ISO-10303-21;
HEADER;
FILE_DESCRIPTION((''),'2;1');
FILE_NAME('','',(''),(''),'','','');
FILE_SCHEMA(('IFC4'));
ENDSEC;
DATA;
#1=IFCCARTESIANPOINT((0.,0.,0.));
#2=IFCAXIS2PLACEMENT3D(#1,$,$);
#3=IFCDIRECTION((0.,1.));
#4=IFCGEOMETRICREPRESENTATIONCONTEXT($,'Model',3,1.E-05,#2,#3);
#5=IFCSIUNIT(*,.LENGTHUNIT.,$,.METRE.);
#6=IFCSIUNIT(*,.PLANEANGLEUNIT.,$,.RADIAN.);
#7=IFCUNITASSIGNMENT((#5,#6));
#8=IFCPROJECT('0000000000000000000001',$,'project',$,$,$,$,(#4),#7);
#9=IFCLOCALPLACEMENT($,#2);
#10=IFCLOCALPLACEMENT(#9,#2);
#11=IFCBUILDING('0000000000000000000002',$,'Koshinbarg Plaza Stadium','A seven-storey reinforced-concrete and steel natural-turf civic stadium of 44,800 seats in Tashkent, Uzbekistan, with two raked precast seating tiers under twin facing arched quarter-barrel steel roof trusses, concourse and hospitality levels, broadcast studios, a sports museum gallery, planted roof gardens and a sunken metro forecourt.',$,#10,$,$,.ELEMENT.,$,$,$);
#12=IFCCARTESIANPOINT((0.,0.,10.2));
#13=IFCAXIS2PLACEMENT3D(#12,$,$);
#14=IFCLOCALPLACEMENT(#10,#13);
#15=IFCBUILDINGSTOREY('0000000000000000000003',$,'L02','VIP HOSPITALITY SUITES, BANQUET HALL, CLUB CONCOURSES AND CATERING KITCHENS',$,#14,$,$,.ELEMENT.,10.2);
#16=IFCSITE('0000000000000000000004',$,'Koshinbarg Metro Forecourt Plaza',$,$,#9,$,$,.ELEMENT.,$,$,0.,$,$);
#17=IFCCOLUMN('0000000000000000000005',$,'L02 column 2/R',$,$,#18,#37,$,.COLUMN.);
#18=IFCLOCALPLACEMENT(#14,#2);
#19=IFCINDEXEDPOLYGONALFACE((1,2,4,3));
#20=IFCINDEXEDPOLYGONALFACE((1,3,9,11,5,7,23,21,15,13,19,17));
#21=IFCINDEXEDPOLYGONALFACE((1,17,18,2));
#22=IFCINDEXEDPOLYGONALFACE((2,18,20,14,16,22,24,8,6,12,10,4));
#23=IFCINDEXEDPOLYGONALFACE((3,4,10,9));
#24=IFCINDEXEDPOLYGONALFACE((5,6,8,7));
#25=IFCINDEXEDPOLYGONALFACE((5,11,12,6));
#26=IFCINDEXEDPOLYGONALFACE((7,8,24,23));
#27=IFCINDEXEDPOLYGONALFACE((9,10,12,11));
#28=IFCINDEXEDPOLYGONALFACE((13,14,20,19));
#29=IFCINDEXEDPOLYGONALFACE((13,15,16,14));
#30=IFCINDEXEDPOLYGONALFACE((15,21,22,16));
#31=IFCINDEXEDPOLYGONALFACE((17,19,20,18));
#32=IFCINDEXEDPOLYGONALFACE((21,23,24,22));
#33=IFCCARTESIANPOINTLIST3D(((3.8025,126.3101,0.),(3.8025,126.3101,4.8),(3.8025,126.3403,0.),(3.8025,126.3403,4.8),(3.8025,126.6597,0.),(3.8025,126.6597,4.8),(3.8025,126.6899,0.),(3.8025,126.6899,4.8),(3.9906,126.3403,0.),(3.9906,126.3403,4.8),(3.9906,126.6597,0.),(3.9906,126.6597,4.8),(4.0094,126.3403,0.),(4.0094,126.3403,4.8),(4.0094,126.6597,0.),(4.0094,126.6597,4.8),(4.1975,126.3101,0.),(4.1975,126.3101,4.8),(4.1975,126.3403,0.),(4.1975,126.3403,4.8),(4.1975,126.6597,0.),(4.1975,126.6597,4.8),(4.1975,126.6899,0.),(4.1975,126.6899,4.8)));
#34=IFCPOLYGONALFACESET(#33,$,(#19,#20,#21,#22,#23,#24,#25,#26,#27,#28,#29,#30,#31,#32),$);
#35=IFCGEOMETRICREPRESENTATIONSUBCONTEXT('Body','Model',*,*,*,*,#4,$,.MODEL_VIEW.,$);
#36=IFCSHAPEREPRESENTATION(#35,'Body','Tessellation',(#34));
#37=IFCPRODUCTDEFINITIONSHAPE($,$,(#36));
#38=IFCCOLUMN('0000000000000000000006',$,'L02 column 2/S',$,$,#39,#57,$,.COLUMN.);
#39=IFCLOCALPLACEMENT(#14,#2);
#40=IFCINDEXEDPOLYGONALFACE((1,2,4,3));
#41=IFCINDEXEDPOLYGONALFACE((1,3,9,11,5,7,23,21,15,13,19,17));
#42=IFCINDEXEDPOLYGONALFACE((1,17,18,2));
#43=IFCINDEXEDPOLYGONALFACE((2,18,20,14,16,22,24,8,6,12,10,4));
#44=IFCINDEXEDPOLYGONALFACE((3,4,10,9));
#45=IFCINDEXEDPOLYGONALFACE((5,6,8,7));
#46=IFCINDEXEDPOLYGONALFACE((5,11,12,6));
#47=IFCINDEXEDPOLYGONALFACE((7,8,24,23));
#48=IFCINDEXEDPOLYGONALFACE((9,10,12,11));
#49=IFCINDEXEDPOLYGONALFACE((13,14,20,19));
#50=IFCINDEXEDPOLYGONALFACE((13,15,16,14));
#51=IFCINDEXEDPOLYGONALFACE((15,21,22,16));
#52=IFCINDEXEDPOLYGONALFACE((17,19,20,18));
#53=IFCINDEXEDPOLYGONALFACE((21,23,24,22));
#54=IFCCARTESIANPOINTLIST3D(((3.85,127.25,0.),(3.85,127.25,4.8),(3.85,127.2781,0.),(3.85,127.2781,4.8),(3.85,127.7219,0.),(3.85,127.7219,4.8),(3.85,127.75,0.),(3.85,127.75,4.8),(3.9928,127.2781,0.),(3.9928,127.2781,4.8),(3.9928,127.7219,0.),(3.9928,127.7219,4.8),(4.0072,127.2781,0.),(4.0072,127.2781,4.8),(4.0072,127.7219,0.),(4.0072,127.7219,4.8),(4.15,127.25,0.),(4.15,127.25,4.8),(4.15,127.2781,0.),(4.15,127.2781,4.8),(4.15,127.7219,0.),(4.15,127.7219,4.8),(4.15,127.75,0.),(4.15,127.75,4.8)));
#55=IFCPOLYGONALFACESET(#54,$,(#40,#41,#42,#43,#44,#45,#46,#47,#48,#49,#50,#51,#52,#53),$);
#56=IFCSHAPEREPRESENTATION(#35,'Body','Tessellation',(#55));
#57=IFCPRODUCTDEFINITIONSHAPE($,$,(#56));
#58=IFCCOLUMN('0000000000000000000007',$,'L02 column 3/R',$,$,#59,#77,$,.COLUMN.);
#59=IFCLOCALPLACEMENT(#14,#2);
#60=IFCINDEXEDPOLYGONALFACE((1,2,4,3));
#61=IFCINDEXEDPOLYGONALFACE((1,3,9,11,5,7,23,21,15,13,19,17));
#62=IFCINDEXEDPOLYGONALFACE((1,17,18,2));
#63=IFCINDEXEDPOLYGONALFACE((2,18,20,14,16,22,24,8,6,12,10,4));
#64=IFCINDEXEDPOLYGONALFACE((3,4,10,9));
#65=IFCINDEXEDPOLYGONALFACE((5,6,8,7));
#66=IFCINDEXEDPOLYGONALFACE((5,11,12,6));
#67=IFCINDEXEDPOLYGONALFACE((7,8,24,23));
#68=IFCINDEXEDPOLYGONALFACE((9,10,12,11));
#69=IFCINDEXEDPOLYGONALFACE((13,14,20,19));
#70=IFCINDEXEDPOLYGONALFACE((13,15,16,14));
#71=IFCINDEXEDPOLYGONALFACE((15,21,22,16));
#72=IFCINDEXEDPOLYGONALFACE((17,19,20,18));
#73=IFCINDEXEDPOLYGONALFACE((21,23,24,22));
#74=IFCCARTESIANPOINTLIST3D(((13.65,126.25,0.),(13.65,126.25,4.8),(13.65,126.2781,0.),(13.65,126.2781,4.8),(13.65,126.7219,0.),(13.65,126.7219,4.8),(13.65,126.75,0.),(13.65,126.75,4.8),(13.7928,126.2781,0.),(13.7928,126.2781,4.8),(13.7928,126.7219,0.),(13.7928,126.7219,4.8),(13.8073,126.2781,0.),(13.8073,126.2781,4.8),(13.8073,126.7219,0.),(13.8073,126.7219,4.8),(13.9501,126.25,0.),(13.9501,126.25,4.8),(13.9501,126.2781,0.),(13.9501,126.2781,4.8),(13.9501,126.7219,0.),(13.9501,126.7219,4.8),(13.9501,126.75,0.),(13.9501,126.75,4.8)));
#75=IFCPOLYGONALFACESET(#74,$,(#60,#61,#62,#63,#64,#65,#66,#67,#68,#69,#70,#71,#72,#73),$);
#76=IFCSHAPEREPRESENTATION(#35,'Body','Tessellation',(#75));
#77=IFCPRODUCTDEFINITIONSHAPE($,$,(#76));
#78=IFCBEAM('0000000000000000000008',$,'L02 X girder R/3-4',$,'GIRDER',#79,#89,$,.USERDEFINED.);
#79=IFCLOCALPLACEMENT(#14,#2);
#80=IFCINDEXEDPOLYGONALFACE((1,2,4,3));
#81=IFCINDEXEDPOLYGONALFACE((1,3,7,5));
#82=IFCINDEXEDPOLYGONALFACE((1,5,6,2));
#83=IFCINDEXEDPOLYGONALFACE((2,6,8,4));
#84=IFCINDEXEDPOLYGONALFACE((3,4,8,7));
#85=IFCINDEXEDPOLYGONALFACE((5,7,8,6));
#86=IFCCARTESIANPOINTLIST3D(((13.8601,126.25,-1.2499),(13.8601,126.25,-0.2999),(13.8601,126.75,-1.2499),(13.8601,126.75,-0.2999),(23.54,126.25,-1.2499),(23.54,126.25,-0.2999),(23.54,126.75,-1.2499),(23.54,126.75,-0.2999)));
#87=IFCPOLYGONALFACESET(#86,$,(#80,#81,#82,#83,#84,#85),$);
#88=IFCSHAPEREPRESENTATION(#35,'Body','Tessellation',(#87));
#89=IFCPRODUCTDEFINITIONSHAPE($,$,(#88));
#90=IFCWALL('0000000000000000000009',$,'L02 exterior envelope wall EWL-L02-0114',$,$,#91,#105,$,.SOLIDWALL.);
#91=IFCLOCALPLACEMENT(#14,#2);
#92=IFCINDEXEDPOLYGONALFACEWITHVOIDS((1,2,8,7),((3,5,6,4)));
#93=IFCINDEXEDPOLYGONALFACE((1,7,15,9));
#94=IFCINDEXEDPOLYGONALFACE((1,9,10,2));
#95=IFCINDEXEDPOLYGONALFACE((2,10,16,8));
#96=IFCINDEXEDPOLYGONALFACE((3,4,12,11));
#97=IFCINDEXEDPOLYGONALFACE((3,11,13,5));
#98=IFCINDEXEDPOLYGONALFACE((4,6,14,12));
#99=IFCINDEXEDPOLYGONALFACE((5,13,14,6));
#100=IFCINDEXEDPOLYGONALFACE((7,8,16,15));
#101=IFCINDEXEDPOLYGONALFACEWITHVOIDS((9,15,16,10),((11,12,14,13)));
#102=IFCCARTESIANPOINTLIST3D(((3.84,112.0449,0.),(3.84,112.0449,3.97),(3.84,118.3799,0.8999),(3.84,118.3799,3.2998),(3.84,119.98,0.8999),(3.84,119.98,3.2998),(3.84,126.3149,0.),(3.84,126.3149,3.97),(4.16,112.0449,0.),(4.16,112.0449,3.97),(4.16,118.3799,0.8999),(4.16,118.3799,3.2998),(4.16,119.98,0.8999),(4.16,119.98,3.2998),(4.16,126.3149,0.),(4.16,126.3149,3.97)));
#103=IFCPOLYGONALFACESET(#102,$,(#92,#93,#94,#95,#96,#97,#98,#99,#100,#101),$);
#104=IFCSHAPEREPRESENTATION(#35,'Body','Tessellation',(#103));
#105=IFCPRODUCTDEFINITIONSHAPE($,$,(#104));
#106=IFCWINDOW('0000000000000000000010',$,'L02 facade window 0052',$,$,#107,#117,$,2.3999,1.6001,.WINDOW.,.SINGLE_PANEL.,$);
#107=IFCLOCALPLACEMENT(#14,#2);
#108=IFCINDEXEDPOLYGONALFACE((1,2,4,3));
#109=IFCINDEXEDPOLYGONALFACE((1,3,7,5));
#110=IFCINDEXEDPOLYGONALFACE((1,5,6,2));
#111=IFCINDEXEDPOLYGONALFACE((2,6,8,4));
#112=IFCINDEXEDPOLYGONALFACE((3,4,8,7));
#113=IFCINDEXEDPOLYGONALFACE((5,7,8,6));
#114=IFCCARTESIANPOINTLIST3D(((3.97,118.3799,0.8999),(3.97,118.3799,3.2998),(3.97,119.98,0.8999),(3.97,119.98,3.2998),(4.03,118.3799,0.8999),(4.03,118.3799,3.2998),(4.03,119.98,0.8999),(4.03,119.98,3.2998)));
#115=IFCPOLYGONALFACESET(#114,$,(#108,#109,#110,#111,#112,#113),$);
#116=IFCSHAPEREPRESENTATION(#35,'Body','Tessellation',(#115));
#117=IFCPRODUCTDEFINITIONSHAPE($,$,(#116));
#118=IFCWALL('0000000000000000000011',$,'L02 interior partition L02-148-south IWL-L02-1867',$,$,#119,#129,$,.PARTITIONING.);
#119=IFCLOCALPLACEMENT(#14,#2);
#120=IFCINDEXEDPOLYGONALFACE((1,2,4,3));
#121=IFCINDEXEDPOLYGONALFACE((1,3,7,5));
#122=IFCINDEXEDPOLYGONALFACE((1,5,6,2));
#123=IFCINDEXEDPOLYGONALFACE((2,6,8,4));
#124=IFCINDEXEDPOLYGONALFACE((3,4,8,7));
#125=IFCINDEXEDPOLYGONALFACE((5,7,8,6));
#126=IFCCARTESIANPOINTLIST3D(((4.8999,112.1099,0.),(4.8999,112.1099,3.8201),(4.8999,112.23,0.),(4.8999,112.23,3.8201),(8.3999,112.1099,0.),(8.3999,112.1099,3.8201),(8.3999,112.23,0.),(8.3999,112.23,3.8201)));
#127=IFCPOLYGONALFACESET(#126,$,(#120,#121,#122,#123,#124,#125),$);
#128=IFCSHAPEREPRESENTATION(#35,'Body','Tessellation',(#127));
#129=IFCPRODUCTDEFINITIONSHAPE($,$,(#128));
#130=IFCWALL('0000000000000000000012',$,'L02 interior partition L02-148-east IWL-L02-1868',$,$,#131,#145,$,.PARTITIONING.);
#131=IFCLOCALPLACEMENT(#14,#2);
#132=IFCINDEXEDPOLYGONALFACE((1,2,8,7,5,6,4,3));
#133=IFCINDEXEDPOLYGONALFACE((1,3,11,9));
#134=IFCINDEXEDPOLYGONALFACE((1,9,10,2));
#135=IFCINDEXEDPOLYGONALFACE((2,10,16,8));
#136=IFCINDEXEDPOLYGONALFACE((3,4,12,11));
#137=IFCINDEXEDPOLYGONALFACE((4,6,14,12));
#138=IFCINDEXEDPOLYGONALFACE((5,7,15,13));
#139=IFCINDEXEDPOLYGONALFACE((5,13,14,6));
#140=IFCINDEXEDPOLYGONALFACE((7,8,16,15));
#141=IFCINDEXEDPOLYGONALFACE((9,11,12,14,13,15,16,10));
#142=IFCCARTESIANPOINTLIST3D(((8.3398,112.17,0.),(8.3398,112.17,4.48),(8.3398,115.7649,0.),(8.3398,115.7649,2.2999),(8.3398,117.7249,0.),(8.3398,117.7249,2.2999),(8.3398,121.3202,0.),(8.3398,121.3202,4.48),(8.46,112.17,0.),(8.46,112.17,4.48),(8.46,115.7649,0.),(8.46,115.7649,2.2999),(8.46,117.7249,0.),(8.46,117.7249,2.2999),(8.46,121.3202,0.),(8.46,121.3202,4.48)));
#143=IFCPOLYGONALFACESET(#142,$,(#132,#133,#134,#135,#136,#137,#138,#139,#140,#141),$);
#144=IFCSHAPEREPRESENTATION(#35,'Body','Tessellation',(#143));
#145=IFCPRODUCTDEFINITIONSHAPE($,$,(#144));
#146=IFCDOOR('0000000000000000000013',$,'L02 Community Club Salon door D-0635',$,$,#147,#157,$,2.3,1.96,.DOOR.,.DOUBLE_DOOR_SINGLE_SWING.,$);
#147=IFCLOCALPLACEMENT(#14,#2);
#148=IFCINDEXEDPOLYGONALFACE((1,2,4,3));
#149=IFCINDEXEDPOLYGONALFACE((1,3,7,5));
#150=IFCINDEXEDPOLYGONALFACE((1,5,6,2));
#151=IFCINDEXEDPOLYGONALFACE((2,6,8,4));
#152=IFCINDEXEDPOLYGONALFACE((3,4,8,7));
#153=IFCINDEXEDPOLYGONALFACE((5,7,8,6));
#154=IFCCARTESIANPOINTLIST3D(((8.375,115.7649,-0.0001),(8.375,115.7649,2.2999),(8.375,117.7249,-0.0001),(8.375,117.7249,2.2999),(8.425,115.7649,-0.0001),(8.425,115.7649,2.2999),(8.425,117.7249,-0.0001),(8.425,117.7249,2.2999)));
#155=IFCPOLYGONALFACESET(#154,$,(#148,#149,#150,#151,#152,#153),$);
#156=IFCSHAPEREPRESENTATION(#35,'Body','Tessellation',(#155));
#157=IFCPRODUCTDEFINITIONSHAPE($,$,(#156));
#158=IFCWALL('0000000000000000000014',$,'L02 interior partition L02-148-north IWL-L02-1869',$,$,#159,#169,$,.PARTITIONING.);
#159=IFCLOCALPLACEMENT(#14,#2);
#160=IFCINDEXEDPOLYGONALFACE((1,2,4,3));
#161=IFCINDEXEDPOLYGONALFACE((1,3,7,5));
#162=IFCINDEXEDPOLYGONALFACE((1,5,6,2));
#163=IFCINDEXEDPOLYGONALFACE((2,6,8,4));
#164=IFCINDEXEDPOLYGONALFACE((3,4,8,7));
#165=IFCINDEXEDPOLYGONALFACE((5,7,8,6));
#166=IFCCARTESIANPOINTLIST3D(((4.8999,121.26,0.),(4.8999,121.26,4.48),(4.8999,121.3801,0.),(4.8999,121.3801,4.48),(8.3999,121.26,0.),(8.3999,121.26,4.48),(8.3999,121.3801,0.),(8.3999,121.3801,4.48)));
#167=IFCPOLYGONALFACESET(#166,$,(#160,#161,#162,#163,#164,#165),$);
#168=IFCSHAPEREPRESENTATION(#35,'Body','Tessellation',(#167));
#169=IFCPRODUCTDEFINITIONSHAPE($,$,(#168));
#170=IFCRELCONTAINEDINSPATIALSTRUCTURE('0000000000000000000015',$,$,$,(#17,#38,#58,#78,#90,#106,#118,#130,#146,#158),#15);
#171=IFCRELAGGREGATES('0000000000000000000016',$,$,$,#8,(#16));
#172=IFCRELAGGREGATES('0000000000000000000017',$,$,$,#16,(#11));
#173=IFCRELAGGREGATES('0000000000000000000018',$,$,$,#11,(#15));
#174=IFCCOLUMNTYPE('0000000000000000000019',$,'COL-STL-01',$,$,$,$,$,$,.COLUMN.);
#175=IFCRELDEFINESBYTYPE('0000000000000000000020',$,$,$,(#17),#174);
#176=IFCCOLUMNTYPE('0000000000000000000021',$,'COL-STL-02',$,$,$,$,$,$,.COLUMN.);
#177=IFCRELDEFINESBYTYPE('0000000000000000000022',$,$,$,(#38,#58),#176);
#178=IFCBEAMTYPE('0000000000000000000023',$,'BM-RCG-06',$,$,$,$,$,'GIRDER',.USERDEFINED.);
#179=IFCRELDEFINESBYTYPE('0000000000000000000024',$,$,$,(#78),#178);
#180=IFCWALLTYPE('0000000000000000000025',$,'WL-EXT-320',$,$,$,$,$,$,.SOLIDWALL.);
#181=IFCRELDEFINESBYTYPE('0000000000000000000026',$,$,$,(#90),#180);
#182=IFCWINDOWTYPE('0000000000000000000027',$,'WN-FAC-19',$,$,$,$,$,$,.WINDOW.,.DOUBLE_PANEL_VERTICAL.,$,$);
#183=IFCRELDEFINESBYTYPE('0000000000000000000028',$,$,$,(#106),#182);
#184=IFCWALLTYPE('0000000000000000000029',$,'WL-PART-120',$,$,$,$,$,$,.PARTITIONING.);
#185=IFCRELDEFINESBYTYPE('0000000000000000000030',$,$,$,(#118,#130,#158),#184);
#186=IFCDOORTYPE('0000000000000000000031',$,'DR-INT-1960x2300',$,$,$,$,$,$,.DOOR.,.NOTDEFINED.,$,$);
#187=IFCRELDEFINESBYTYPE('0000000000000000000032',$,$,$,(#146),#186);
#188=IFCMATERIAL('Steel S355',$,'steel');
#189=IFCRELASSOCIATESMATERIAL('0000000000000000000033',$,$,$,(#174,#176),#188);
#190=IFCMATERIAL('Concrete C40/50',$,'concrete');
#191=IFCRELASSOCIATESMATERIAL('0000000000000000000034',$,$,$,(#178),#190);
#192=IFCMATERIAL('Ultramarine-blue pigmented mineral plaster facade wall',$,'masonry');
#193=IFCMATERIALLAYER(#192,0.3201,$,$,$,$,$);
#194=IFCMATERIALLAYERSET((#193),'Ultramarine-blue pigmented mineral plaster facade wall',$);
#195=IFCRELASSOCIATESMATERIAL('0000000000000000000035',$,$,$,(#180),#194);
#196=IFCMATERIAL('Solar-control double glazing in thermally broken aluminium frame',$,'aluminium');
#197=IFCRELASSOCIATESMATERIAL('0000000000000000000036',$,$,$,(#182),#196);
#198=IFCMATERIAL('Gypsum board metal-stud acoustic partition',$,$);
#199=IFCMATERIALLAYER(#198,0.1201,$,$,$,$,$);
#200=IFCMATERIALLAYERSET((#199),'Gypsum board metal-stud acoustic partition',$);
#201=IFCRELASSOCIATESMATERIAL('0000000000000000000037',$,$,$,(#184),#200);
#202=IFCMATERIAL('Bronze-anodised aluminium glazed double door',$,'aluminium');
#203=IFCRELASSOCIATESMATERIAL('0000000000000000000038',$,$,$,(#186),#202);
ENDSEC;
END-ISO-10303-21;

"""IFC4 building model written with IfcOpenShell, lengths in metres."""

from ifc_helpers import new_model, si_unit, direction, frame, frame_2d, origin, origin_2d, place, context, subcontext, project, spatial, rectangle, i_section, extrude, material, layer, layer_set, material_profile, profile_set, type_object, element, fill, save


model = new_model("IFC4")

# Units and contexts
model_context = context("Model", 3, precision=1e-05, world=origin(), true_north=direction((0.0, 1.0)))
body_context = subcontext(model_context, "Body", "Model", "MODEL_VIEW")
ifc_project = project(units=[si_unit("LENGTHUNIT", "METRE"), si_unit("PLANEANGLEUNIT", "RADIAN")], contexts=[model_context])

# Site, building, storey
site_placement = place(None, origin())
site = spatial("IfcSite", under=ifc_project, at=site_placement, Name="Koshinbarg Metro Forecourt Plaza", CompositionType="ELEMENT", RefElevation=0.0)
building_placement = place(site_placement, origin())
building = spatial("IfcBuilding", under=site, at=building_placement, Name="Koshinbarg Plaza Stadium", Description="A seven-storey reinforced-concrete and steel natural-turf civic stadium of 44,800 seats in Tashkent, Uzbekistan, with two raked precast seating tiers under twin facing arched quarter-barrel steel roof trusses, concourse and hospitality levels, broadcast studios, a sports museum gallery, planted roof gardens and a sunken metro forecourt.", CompositionType="ELEMENT")
storey_placement = place(building_placement, frame((0.0, 0.0, 10.2)))
storey = spatial("IfcBuildingStorey", under=building, at=storey_placement, Name="L02", Description="VIP HOSPITALITY SUITES, BANQUET HALL, CLUB CONCOURSES AND CATERING KITCHENS", CompositionType="ELEMENT", Elevation=10.2)

# Columns
ifc_material_1 = material(Name="Steel S355", Category="steel")
ifc_material_profile_1 = material_profile(ifc_material_1, i_section(OverallWidth=0.395, OverallDepth=0.3799, WebThickness=0.0188, FlangeThickness=0.0303, at=origin_2d()), Name="HD 400x237")
ifc_profile_set_1 = profile_set([ifc_material_profile_1], Name="Steel S355")
column_type_1 = type_object("IfcColumnType", Name="COL-STL-01", PredefinedType="COLUMN", material=ifc_profile_set_1)
column_placement = place(storey_placement, frame((4.0, 126.5, 0.0), z_axis=(0.0, 0.0, 1.0), x_axis=(1.0, 0.0, 0.0)))
element("IfcColumn", 1, at=column_placement, inside=storey, type_object=column_type_1, Name="L02 column 2/R", PredefinedType="COLUMN", context=body_context, shape_type="SweptSolid", body=[
    extrude(i_section(OverallWidth=0.395, OverallDepth=0.3799, WebThickness=0.0188, FlangeThickness=0.0303, at=origin_2d()), origin(), (0.0, 0.0, 1.0), 4.8),
])
ifc_material_profile_2 = material_profile(ifc_material_1, i_section(OverallWidth=0.3, OverallDepth=0.5, WebThickness=0.0144, FlangeThickness=0.0281, at=origin_2d()), Name="HEB 500")
ifc_profile_set_2 = profile_set([ifc_material_profile_2], Name="Steel S355")
column_type_2 = type_object("IfcColumnType", Name="COL-STL-02", PredefinedType="COLUMN", material=ifc_profile_set_2)
for number, where, z_axis, x_axis, name in (
    (2, (4.0, 127.5, 0.0), (0.0, 0.0, 1.0), (1.0, 0.0, 0.0), "L02 column 2/S"),
    (3, (13.8, 126.5, 0.0), (0.0, 0.0, 1.0), (1.0, 0.0, 0.0), "L02 column 3/R"),
):
    element("IfcColumn", number, at=place(storey_placement, frame(where, z_axis=z_axis, x_axis=x_axis)), inside=storey, type_object=column_type_2, Name=name, PredefinedType="COLUMN", context=body_context, shape_type="SweptSolid", body=[
        extrude(i_section(OverallWidth=0.3, OverallDepth=0.5, WebThickness=0.0144, FlangeThickness=0.0281, at=origin_2d()), origin(), (0.0, 0.0, 1.0), 4.8),
    ])

# Beam
ifc_material_2 = material(Name="Concrete C40/50", Category="concrete")
ifc_material_profile_3 = material_profile(ifc_material_2, rectangle(XDim=0.5, YDim=0.95, at=origin_2d()), Name="RC 500x950")
ifc_profile_set_3 = profile_set([ifc_material_profile_3], Name="Concrete C40/50")
beam_type = type_object("IfcBeamType", Name="BM-RCG-06", ElementType="GIRDER", PredefinedType="USERDEFINED", material=ifc_profile_set_3)
beam_placement = place(storey_placement, frame((13.8601, 126.5, -0.7749), z_axis=(1.0, 0.0, 0.0), x_axis=(0.0, 1.0, 0.0)))
element("IfcBeam", 4, at=beam_placement, inside=storey, type_object=beam_type, Name="L02 X girder R/3-4", ObjectType="GIRDER", PredefinedType="USERDEFINED", context=body_context, shape_type="SweptSolid", body=[
    extrude(rectangle(XDim=0.5, YDim=0.95, at=origin_2d()), origin(), (0.0, 0.0, 1.0), 9.6799),
])

# Wall, opening, window
ifc_material_3 = material(Name="Ultramarine-blue pigmented mineral plaster facade wall", Category="masonry")
ifc_layer_1 = layer(ifc_material_3, 0.3201)
ifc_layer_set_1 = layer_set([ifc_layer_1], Name="Ultramarine-blue pigmented mineral plaster facade wall")
wall_type_1 = type_object("IfcWallType", Name="WL-EXT-320", PredefinedType="SOLIDWALL", material=ifc_layer_set_1)
wall_1_placement = place(storey_placement, frame((4.0, 112.0449, 0.0), z_axis=(0.0, 0.0, 1.0), x_axis=(0.0, 1.0, 0.0)))
wall_1 = element("IfcWall", 5, at=wall_1_placement, inside=storey, type_object=wall_type_1, Name="L02 exterior envelope wall EWL-L02-0114", PredefinedType="SOLIDWALL", context=body_context, shape_type="SweptSolid", body=[
    extrude(rectangle(XDim=14.27, YDim=0.3201, at=frame_2d((7.135, 0.0))), origin(), (0.0, 0.0, 1.0), 3.97),
])
opening_1_placement = place(wall_1_placement, frame((6.335, 0.0, 0.8999)))
opening_1 = element("IfcOpeningElement", 6, at=opening_1_placement, cuts=wall_1, PredefinedType="OPENING", context=body_context, shape_type="SweptSolid", body=[
    extrude(rectangle(XDim=1.6001, YDim=2.3999, at=frame_2d((0.8, 1.2))), frame((0.0, 0.1699, 0.0), z_axis=(0.0, -1.0, 0.0), x_axis=(1.0, 0.0, 0.0)), (0.0, 0.0, 1.0), 0.3401),
])
ifc_material_4 = material(Name="Solar-control double glazing in thermally broken aluminium frame", Category="aluminium")
window_type = type_object("IfcWindowType", Name="WN-FAC-19", PartitioningType="DOUBLE_PANEL_VERTICAL", PredefinedType="WINDOW", material=ifc_material_4)
window_placement = place(opening_1_placement, origin())
window = element("IfcWindow", 7, at=window_placement, inside=storey, type_object=window_type, Name="L02 facade window 0052", OverallHeight=2.3999, OverallWidth=1.6001, PartitioningType="SINGLE_PANEL", PredefinedType="WINDOW", context=body_context, shape_type="SweptSolid", body=[
    extrude(rectangle(XDim=1.6001, YDim=2.3999, at=frame_2d((0.8, 1.2))), frame((0.0, 0.03, 0.0), z_axis=(0.0, -1.0, 0.0), x_axis=(1.0, 0.0, 0.0)), (0.0, 0.0, 1.0), 0.0601),
])
fill(opening_1, window)

# Wall
ifc_material_5 = material(Name="Gypsum board metal-stud acoustic partition")
ifc_layer_2 = layer(ifc_material_5, 0.1201)
ifc_layer_set_2 = layer_set([ifc_layer_2], Name="Gypsum board metal-stud acoustic partition")
wall_type_2 = type_object("IfcWallType", Name="WL-PART-120", PredefinedType="PARTITIONING", material=ifc_layer_set_2)
wall_2_placement = place(storey_placement, frame((4.8999, 112.1699, 0.0), z_axis=(0.0, 0.0, 1.0), x_axis=(1.0, 0.0, 0.0)))
element("IfcWall", 8, at=wall_2_placement, inside=storey, type_object=wall_type_2, Name="L02 interior partition L02-148-south IWL-L02-1867", PredefinedType="PARTITIONING", context=body_context, shape_type="SweptSolid", body=[
    extrude(rectangle(XDim=3.5, YDim=0.1201, at=frame_2d((1.75, 0.0))), origin(), (0.0, 0.0, 1.0), 3.8201),
])

# Wall, opening, door
wall_3_placement = place(storey_placement, frame((8.3999, 112.1699, 0.0), z_axis=(0.0, 0.0, 1.0), x_axis=(0.0, 1.0, 0.0)))
wall_3 = element("IfcWall", 9, at=wall_3_placement, inside=storey, type_object=wall_type_2, Name="L02 interior partition L02-148-east IWL-L02-1868", PredefinedType="PARTITIONING", context=body_context, shape_type="SweptSolid", body=[
    extrude(rectangle(XDim=9.1501, YDim=0.1201, at=frame_2d((4.5752, 0.0))), origin(), (0.0, 0.0, 1.0), 4.48),
])
opening_2_placement = place(wall_3_placement, frame((3.595, 0.0, 0.0)))
opening_2 = element("IfcOpeningElement", 10, at=opening_2_placement, cuts=wall_3, PredefinedType="OPENING", context=body_context, shape_type="SweptSolid", body=[
    extrude(rectangle(XDim=1.96, YDim=2.3, at=frame_2d((0.98, 1.1499))), frame((0.0, 0.0701, 0.0), z_axis=(0.0, -1.0, 0.0), x_axis=(1.0, 0.0, 0.0)), (0.0, 0.0, 1.0), 0.1401),
])
ifc_material_6 = material(Name="Bronze-anodised aluminium glazed double door", Category="aluminium")
door_type_1 = type_object("IfcDoorType", Name="DR-INT-1960x2300", OperationType="NOTDEFINED", PredefinedType="DOOR", material=ifc_material_6)
door_1_placement = place(opening_2_placement, origin())
door_1 = element("IfcDoor", 11, at=door_1_placement, inside=storey, type_object=door_type_1, Name="L02 Community Club Salon door D-0635", OperationType="DOUBLE_DOOR_SINGLE_SWING", OverallHeight=2.3, OverallWidth=1.96, PredefinedType="DOOR", context=body_context, shape_type="SweptSolid", body=[
    extrude(rectangle(XDim=1.96, YDim=2.3, at=frame_2d((0.98, 1.1499))), frame((0.0, 0.0249, 0.0), z_axis=(0.0, -1.0, 0.0), x_axis=(1.0, 0.0, 0.0)), (0.0, 0.0, 1.0), 0.05),
])
fill(opening_2, door_1)

# Wall
wall_4_placement = place(storey_placement, frame((8.3999, 121.3201, 0.0), z_axis=(0.0, 0.0, 1.0), x_axis=(-1.0, 0.0, 0.0)))
element("IfcWall", 12, at=wall_4_placement, inside=storey, type_object=wall_type_2, Name="L02 interior partition L02-148-north IWL-L02-1869", PredefinedType="PARTITIONING", context=body_context, shape_type="SweptSolid", body=[
    extrude(rectangle(XDim=3.5, YDim=0.1201, at=frame_2d((1.75, 0.0))), origin(), (0.0, 0.0, 1.0), 4.48),
])

save(model, "model.ifc")
